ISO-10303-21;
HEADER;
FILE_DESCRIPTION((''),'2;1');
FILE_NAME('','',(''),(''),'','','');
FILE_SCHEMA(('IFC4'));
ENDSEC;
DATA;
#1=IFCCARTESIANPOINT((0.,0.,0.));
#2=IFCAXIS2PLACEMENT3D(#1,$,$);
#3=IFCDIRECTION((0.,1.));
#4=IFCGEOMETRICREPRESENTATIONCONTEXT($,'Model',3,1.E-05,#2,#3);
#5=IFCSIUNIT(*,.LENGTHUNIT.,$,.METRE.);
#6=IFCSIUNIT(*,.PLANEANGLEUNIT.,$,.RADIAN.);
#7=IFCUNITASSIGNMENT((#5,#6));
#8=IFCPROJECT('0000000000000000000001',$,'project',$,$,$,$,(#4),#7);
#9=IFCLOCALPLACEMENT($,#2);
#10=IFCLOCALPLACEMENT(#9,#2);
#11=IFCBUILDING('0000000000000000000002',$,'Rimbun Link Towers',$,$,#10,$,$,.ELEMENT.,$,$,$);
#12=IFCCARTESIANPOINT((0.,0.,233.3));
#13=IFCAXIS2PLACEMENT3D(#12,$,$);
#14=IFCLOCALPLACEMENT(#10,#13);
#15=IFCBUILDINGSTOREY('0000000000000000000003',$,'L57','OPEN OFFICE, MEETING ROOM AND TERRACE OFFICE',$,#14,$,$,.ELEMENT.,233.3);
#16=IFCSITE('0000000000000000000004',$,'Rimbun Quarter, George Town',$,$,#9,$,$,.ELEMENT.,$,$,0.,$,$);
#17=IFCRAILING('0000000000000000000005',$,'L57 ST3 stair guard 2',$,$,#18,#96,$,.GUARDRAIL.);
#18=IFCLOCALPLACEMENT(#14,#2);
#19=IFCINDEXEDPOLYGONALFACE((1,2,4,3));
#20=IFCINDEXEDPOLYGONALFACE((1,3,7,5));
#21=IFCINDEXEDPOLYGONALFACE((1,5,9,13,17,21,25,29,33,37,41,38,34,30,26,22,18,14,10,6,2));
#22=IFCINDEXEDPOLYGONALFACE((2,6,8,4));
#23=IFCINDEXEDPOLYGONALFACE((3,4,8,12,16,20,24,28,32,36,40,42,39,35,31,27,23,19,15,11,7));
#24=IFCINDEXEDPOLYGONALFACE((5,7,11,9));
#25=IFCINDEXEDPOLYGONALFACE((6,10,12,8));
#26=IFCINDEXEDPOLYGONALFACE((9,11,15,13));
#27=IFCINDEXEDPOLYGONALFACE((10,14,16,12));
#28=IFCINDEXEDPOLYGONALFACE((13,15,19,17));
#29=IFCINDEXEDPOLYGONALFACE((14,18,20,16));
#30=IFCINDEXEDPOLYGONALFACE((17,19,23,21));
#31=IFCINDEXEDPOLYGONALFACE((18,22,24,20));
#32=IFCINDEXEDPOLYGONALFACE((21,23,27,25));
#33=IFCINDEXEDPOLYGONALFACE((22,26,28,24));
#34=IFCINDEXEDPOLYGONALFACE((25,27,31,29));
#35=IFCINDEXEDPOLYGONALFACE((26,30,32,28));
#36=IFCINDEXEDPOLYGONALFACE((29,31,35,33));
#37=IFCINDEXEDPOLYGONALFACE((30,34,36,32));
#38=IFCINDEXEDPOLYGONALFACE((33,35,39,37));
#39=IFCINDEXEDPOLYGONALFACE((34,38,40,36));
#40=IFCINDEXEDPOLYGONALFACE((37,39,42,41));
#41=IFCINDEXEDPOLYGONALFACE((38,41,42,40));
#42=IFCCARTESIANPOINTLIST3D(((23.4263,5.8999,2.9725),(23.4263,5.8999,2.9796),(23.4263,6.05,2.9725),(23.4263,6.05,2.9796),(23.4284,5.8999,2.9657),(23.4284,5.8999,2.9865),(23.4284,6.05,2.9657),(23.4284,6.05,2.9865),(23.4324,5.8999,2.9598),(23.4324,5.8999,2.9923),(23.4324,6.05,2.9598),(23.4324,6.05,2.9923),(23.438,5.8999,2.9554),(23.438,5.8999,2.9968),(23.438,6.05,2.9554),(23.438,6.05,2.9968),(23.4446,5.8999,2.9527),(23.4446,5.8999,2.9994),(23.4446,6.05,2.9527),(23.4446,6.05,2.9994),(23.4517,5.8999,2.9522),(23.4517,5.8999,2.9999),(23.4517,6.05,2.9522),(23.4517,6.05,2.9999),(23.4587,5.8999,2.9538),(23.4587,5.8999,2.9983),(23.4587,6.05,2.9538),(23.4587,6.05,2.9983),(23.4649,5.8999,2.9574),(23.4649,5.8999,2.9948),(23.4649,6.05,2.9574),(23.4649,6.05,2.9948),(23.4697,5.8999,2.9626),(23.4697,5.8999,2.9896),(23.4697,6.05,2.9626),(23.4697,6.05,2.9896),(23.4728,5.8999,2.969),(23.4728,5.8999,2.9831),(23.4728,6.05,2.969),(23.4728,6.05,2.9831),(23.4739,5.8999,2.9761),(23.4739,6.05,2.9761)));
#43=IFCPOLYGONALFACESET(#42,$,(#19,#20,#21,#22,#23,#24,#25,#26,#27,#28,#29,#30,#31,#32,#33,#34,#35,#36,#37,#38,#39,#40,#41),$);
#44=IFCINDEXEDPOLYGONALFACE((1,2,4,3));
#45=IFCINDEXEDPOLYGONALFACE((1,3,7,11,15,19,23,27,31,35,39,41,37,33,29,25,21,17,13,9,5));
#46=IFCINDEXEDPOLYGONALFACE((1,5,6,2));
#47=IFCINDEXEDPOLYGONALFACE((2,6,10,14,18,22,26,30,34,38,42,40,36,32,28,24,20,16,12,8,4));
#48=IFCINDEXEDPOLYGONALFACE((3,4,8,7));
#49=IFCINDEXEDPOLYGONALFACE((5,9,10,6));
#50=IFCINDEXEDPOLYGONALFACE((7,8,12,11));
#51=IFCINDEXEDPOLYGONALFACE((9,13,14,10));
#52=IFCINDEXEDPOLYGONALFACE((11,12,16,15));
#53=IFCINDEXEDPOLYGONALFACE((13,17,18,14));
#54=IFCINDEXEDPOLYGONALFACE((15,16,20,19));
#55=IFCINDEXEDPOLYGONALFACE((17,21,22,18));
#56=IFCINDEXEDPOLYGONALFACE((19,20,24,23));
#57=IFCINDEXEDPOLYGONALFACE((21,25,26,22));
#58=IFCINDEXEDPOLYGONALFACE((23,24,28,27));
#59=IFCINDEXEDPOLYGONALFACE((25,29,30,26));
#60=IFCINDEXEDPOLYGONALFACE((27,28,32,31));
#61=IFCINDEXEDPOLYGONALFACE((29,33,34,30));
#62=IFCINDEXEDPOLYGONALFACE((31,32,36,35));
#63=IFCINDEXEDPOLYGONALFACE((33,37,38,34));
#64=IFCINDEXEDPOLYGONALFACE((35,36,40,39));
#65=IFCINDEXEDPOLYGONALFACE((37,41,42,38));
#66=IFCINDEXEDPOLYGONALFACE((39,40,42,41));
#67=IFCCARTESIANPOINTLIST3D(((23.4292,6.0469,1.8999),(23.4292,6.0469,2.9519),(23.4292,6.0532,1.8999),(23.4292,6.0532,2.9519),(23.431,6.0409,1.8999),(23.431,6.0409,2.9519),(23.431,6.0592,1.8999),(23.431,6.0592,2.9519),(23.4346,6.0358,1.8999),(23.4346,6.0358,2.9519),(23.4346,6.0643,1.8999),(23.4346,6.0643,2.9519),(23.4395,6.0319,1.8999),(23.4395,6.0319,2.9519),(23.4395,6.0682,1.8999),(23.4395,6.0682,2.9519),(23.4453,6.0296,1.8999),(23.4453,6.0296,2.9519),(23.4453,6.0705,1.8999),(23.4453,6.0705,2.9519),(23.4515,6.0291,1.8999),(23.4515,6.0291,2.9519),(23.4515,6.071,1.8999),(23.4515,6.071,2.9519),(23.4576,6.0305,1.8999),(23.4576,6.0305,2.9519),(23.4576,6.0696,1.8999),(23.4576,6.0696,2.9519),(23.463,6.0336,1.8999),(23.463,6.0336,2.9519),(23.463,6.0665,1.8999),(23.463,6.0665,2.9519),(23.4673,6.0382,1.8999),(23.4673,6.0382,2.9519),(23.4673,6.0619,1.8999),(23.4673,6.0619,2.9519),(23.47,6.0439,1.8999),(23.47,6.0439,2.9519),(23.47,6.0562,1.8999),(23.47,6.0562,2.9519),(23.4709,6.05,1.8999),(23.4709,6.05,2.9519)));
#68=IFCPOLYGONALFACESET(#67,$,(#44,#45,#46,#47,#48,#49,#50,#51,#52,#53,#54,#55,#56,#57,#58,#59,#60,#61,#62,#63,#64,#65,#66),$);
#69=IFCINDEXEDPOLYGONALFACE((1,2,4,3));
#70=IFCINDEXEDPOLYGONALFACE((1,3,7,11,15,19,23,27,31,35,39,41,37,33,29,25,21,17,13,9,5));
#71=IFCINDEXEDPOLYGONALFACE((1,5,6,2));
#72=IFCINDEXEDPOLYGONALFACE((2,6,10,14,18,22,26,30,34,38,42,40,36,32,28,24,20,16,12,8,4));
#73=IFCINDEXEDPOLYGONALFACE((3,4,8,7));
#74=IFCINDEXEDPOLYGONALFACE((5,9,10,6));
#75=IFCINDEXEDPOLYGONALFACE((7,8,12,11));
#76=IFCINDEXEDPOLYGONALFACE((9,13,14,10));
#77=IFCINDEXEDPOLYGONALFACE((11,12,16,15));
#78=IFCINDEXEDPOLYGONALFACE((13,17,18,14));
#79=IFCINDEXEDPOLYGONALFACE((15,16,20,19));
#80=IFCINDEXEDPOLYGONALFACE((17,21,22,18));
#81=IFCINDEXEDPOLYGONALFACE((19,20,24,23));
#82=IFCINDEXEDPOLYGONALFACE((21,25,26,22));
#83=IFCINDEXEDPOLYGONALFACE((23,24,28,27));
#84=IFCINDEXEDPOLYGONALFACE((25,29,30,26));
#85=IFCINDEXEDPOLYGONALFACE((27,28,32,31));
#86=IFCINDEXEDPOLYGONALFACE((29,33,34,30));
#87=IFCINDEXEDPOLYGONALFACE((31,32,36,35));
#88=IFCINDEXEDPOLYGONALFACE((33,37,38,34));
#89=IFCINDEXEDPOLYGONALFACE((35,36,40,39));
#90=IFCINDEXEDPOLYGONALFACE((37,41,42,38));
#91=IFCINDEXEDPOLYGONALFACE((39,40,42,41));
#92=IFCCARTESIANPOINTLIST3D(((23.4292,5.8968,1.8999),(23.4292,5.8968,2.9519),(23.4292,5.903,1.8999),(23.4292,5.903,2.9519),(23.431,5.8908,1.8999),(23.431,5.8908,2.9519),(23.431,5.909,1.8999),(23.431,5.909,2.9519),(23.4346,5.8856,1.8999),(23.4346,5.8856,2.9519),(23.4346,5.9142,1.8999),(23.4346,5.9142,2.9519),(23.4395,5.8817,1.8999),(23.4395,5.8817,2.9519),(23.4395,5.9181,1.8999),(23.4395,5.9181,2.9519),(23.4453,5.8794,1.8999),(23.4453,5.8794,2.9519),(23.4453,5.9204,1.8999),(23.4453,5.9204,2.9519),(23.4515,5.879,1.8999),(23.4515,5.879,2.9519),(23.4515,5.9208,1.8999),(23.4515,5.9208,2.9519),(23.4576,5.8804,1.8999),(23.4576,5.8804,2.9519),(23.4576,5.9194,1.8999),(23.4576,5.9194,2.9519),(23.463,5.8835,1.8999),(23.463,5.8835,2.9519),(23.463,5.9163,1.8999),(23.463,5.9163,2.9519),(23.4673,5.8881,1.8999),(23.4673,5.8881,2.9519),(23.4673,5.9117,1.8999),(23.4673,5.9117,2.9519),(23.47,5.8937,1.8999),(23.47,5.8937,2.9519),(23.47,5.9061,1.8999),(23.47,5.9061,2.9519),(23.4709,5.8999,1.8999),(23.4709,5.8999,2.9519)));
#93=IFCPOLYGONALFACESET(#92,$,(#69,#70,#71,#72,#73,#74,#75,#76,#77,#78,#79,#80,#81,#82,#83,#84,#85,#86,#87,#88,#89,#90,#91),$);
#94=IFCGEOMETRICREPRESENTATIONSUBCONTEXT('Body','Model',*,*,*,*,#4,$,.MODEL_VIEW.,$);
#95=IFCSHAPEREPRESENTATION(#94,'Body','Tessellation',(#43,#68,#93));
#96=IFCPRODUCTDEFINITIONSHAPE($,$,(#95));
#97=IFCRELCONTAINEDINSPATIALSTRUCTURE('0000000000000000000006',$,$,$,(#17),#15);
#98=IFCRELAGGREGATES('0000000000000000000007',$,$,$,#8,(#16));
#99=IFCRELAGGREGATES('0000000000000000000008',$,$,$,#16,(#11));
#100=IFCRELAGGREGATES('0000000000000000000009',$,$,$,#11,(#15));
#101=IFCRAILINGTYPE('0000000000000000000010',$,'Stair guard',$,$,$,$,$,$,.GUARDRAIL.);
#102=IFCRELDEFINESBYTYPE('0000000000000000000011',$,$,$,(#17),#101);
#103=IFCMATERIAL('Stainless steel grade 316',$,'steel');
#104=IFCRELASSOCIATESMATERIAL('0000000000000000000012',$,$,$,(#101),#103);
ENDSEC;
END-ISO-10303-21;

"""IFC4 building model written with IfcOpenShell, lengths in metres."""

from ifc_helpers import new_model, si_unit, direction, frame, origin, origin_2d, place, context, subcontext, project, spatial, circle, extrude, material, type_object, element, save


model = new_model("IFC4")

# Units and contexts
model_context = context("Model", 3, precision=1e-05, world=origin(), true_north=direction((0.0, 1.0)))
body_context = subcontext(model_context, "Body", "Model", "MODEL_VIEW")
ifc_project = project(units=[si_unit("LENGTHUNIT", "METRE"), si_unit("PLANEANGLEUNIT", "RADIAN")], contexts=[model_context])

# Site, building, storey
site_placement = place(None, origin())
site = spatial("IfcSite", under=ifc_project, at=site_placement, Name="Rimbun Quarter, George Town", CompositionType="ELEMENT", RefElevation=0.0)
building_placement = place(site_placement, origin())
building = spatial("IfcBuilding", under=site, at=building_placement, Name="Rimbun Link Towers", CompositionType="ELEMENT")
storey_placement = place(building_placement, frame((0.0, 0.0, 233.3)))
storey = spatial("IfcBuildingStorey", under=building, at=storey_placement, Name="L57", Description="OPEN OFFICE, MEETING ROOM AND TERRACE OFFICE", CompositionType="ELEMENT", Elevation=233.3)

# Railing
ifc_material_1 = material(Name="Stainless steel grade 316", Category="steel")
railing_type_1 = type_object("IfcRailingType", Name="Stair guard", PredefinedType="GUARDRAIL", material=ifc_material_1)
railing_1_placement = place(storey_placement, frame((23.45, 6.05, 1.8999)))
element("IfcRailing", 1, at=railing_1_placement, inside=storey, type_object=railing_type_1, Name="L57 ST3 stair guard 2", PredefinedType="GUARDRAIL", context=body_context, shape_type="SweptSolid", body=[
    extrude(circle(Radius=0.0239, at=origin_2d()), frame((0.0, 0.0, 1.0762), z_axis=(0.0, -1.0, 0.0), x_axis=(1.0, 0.0, 0.0)), (0.0, 0.0, 1.0), 0.1501),
    extrude(circle(Radius=0.021, at=origin_2d()), origin(), (0.0, 0.0, 1.0), 1.052),
    extrude(circle(Radius=0.021, at=origin_2d()), frame((0.0, -0.1501, 0.0)), (0.0, 0.0, 1.0), 1.052),
])

save(model, "model.ifc")
